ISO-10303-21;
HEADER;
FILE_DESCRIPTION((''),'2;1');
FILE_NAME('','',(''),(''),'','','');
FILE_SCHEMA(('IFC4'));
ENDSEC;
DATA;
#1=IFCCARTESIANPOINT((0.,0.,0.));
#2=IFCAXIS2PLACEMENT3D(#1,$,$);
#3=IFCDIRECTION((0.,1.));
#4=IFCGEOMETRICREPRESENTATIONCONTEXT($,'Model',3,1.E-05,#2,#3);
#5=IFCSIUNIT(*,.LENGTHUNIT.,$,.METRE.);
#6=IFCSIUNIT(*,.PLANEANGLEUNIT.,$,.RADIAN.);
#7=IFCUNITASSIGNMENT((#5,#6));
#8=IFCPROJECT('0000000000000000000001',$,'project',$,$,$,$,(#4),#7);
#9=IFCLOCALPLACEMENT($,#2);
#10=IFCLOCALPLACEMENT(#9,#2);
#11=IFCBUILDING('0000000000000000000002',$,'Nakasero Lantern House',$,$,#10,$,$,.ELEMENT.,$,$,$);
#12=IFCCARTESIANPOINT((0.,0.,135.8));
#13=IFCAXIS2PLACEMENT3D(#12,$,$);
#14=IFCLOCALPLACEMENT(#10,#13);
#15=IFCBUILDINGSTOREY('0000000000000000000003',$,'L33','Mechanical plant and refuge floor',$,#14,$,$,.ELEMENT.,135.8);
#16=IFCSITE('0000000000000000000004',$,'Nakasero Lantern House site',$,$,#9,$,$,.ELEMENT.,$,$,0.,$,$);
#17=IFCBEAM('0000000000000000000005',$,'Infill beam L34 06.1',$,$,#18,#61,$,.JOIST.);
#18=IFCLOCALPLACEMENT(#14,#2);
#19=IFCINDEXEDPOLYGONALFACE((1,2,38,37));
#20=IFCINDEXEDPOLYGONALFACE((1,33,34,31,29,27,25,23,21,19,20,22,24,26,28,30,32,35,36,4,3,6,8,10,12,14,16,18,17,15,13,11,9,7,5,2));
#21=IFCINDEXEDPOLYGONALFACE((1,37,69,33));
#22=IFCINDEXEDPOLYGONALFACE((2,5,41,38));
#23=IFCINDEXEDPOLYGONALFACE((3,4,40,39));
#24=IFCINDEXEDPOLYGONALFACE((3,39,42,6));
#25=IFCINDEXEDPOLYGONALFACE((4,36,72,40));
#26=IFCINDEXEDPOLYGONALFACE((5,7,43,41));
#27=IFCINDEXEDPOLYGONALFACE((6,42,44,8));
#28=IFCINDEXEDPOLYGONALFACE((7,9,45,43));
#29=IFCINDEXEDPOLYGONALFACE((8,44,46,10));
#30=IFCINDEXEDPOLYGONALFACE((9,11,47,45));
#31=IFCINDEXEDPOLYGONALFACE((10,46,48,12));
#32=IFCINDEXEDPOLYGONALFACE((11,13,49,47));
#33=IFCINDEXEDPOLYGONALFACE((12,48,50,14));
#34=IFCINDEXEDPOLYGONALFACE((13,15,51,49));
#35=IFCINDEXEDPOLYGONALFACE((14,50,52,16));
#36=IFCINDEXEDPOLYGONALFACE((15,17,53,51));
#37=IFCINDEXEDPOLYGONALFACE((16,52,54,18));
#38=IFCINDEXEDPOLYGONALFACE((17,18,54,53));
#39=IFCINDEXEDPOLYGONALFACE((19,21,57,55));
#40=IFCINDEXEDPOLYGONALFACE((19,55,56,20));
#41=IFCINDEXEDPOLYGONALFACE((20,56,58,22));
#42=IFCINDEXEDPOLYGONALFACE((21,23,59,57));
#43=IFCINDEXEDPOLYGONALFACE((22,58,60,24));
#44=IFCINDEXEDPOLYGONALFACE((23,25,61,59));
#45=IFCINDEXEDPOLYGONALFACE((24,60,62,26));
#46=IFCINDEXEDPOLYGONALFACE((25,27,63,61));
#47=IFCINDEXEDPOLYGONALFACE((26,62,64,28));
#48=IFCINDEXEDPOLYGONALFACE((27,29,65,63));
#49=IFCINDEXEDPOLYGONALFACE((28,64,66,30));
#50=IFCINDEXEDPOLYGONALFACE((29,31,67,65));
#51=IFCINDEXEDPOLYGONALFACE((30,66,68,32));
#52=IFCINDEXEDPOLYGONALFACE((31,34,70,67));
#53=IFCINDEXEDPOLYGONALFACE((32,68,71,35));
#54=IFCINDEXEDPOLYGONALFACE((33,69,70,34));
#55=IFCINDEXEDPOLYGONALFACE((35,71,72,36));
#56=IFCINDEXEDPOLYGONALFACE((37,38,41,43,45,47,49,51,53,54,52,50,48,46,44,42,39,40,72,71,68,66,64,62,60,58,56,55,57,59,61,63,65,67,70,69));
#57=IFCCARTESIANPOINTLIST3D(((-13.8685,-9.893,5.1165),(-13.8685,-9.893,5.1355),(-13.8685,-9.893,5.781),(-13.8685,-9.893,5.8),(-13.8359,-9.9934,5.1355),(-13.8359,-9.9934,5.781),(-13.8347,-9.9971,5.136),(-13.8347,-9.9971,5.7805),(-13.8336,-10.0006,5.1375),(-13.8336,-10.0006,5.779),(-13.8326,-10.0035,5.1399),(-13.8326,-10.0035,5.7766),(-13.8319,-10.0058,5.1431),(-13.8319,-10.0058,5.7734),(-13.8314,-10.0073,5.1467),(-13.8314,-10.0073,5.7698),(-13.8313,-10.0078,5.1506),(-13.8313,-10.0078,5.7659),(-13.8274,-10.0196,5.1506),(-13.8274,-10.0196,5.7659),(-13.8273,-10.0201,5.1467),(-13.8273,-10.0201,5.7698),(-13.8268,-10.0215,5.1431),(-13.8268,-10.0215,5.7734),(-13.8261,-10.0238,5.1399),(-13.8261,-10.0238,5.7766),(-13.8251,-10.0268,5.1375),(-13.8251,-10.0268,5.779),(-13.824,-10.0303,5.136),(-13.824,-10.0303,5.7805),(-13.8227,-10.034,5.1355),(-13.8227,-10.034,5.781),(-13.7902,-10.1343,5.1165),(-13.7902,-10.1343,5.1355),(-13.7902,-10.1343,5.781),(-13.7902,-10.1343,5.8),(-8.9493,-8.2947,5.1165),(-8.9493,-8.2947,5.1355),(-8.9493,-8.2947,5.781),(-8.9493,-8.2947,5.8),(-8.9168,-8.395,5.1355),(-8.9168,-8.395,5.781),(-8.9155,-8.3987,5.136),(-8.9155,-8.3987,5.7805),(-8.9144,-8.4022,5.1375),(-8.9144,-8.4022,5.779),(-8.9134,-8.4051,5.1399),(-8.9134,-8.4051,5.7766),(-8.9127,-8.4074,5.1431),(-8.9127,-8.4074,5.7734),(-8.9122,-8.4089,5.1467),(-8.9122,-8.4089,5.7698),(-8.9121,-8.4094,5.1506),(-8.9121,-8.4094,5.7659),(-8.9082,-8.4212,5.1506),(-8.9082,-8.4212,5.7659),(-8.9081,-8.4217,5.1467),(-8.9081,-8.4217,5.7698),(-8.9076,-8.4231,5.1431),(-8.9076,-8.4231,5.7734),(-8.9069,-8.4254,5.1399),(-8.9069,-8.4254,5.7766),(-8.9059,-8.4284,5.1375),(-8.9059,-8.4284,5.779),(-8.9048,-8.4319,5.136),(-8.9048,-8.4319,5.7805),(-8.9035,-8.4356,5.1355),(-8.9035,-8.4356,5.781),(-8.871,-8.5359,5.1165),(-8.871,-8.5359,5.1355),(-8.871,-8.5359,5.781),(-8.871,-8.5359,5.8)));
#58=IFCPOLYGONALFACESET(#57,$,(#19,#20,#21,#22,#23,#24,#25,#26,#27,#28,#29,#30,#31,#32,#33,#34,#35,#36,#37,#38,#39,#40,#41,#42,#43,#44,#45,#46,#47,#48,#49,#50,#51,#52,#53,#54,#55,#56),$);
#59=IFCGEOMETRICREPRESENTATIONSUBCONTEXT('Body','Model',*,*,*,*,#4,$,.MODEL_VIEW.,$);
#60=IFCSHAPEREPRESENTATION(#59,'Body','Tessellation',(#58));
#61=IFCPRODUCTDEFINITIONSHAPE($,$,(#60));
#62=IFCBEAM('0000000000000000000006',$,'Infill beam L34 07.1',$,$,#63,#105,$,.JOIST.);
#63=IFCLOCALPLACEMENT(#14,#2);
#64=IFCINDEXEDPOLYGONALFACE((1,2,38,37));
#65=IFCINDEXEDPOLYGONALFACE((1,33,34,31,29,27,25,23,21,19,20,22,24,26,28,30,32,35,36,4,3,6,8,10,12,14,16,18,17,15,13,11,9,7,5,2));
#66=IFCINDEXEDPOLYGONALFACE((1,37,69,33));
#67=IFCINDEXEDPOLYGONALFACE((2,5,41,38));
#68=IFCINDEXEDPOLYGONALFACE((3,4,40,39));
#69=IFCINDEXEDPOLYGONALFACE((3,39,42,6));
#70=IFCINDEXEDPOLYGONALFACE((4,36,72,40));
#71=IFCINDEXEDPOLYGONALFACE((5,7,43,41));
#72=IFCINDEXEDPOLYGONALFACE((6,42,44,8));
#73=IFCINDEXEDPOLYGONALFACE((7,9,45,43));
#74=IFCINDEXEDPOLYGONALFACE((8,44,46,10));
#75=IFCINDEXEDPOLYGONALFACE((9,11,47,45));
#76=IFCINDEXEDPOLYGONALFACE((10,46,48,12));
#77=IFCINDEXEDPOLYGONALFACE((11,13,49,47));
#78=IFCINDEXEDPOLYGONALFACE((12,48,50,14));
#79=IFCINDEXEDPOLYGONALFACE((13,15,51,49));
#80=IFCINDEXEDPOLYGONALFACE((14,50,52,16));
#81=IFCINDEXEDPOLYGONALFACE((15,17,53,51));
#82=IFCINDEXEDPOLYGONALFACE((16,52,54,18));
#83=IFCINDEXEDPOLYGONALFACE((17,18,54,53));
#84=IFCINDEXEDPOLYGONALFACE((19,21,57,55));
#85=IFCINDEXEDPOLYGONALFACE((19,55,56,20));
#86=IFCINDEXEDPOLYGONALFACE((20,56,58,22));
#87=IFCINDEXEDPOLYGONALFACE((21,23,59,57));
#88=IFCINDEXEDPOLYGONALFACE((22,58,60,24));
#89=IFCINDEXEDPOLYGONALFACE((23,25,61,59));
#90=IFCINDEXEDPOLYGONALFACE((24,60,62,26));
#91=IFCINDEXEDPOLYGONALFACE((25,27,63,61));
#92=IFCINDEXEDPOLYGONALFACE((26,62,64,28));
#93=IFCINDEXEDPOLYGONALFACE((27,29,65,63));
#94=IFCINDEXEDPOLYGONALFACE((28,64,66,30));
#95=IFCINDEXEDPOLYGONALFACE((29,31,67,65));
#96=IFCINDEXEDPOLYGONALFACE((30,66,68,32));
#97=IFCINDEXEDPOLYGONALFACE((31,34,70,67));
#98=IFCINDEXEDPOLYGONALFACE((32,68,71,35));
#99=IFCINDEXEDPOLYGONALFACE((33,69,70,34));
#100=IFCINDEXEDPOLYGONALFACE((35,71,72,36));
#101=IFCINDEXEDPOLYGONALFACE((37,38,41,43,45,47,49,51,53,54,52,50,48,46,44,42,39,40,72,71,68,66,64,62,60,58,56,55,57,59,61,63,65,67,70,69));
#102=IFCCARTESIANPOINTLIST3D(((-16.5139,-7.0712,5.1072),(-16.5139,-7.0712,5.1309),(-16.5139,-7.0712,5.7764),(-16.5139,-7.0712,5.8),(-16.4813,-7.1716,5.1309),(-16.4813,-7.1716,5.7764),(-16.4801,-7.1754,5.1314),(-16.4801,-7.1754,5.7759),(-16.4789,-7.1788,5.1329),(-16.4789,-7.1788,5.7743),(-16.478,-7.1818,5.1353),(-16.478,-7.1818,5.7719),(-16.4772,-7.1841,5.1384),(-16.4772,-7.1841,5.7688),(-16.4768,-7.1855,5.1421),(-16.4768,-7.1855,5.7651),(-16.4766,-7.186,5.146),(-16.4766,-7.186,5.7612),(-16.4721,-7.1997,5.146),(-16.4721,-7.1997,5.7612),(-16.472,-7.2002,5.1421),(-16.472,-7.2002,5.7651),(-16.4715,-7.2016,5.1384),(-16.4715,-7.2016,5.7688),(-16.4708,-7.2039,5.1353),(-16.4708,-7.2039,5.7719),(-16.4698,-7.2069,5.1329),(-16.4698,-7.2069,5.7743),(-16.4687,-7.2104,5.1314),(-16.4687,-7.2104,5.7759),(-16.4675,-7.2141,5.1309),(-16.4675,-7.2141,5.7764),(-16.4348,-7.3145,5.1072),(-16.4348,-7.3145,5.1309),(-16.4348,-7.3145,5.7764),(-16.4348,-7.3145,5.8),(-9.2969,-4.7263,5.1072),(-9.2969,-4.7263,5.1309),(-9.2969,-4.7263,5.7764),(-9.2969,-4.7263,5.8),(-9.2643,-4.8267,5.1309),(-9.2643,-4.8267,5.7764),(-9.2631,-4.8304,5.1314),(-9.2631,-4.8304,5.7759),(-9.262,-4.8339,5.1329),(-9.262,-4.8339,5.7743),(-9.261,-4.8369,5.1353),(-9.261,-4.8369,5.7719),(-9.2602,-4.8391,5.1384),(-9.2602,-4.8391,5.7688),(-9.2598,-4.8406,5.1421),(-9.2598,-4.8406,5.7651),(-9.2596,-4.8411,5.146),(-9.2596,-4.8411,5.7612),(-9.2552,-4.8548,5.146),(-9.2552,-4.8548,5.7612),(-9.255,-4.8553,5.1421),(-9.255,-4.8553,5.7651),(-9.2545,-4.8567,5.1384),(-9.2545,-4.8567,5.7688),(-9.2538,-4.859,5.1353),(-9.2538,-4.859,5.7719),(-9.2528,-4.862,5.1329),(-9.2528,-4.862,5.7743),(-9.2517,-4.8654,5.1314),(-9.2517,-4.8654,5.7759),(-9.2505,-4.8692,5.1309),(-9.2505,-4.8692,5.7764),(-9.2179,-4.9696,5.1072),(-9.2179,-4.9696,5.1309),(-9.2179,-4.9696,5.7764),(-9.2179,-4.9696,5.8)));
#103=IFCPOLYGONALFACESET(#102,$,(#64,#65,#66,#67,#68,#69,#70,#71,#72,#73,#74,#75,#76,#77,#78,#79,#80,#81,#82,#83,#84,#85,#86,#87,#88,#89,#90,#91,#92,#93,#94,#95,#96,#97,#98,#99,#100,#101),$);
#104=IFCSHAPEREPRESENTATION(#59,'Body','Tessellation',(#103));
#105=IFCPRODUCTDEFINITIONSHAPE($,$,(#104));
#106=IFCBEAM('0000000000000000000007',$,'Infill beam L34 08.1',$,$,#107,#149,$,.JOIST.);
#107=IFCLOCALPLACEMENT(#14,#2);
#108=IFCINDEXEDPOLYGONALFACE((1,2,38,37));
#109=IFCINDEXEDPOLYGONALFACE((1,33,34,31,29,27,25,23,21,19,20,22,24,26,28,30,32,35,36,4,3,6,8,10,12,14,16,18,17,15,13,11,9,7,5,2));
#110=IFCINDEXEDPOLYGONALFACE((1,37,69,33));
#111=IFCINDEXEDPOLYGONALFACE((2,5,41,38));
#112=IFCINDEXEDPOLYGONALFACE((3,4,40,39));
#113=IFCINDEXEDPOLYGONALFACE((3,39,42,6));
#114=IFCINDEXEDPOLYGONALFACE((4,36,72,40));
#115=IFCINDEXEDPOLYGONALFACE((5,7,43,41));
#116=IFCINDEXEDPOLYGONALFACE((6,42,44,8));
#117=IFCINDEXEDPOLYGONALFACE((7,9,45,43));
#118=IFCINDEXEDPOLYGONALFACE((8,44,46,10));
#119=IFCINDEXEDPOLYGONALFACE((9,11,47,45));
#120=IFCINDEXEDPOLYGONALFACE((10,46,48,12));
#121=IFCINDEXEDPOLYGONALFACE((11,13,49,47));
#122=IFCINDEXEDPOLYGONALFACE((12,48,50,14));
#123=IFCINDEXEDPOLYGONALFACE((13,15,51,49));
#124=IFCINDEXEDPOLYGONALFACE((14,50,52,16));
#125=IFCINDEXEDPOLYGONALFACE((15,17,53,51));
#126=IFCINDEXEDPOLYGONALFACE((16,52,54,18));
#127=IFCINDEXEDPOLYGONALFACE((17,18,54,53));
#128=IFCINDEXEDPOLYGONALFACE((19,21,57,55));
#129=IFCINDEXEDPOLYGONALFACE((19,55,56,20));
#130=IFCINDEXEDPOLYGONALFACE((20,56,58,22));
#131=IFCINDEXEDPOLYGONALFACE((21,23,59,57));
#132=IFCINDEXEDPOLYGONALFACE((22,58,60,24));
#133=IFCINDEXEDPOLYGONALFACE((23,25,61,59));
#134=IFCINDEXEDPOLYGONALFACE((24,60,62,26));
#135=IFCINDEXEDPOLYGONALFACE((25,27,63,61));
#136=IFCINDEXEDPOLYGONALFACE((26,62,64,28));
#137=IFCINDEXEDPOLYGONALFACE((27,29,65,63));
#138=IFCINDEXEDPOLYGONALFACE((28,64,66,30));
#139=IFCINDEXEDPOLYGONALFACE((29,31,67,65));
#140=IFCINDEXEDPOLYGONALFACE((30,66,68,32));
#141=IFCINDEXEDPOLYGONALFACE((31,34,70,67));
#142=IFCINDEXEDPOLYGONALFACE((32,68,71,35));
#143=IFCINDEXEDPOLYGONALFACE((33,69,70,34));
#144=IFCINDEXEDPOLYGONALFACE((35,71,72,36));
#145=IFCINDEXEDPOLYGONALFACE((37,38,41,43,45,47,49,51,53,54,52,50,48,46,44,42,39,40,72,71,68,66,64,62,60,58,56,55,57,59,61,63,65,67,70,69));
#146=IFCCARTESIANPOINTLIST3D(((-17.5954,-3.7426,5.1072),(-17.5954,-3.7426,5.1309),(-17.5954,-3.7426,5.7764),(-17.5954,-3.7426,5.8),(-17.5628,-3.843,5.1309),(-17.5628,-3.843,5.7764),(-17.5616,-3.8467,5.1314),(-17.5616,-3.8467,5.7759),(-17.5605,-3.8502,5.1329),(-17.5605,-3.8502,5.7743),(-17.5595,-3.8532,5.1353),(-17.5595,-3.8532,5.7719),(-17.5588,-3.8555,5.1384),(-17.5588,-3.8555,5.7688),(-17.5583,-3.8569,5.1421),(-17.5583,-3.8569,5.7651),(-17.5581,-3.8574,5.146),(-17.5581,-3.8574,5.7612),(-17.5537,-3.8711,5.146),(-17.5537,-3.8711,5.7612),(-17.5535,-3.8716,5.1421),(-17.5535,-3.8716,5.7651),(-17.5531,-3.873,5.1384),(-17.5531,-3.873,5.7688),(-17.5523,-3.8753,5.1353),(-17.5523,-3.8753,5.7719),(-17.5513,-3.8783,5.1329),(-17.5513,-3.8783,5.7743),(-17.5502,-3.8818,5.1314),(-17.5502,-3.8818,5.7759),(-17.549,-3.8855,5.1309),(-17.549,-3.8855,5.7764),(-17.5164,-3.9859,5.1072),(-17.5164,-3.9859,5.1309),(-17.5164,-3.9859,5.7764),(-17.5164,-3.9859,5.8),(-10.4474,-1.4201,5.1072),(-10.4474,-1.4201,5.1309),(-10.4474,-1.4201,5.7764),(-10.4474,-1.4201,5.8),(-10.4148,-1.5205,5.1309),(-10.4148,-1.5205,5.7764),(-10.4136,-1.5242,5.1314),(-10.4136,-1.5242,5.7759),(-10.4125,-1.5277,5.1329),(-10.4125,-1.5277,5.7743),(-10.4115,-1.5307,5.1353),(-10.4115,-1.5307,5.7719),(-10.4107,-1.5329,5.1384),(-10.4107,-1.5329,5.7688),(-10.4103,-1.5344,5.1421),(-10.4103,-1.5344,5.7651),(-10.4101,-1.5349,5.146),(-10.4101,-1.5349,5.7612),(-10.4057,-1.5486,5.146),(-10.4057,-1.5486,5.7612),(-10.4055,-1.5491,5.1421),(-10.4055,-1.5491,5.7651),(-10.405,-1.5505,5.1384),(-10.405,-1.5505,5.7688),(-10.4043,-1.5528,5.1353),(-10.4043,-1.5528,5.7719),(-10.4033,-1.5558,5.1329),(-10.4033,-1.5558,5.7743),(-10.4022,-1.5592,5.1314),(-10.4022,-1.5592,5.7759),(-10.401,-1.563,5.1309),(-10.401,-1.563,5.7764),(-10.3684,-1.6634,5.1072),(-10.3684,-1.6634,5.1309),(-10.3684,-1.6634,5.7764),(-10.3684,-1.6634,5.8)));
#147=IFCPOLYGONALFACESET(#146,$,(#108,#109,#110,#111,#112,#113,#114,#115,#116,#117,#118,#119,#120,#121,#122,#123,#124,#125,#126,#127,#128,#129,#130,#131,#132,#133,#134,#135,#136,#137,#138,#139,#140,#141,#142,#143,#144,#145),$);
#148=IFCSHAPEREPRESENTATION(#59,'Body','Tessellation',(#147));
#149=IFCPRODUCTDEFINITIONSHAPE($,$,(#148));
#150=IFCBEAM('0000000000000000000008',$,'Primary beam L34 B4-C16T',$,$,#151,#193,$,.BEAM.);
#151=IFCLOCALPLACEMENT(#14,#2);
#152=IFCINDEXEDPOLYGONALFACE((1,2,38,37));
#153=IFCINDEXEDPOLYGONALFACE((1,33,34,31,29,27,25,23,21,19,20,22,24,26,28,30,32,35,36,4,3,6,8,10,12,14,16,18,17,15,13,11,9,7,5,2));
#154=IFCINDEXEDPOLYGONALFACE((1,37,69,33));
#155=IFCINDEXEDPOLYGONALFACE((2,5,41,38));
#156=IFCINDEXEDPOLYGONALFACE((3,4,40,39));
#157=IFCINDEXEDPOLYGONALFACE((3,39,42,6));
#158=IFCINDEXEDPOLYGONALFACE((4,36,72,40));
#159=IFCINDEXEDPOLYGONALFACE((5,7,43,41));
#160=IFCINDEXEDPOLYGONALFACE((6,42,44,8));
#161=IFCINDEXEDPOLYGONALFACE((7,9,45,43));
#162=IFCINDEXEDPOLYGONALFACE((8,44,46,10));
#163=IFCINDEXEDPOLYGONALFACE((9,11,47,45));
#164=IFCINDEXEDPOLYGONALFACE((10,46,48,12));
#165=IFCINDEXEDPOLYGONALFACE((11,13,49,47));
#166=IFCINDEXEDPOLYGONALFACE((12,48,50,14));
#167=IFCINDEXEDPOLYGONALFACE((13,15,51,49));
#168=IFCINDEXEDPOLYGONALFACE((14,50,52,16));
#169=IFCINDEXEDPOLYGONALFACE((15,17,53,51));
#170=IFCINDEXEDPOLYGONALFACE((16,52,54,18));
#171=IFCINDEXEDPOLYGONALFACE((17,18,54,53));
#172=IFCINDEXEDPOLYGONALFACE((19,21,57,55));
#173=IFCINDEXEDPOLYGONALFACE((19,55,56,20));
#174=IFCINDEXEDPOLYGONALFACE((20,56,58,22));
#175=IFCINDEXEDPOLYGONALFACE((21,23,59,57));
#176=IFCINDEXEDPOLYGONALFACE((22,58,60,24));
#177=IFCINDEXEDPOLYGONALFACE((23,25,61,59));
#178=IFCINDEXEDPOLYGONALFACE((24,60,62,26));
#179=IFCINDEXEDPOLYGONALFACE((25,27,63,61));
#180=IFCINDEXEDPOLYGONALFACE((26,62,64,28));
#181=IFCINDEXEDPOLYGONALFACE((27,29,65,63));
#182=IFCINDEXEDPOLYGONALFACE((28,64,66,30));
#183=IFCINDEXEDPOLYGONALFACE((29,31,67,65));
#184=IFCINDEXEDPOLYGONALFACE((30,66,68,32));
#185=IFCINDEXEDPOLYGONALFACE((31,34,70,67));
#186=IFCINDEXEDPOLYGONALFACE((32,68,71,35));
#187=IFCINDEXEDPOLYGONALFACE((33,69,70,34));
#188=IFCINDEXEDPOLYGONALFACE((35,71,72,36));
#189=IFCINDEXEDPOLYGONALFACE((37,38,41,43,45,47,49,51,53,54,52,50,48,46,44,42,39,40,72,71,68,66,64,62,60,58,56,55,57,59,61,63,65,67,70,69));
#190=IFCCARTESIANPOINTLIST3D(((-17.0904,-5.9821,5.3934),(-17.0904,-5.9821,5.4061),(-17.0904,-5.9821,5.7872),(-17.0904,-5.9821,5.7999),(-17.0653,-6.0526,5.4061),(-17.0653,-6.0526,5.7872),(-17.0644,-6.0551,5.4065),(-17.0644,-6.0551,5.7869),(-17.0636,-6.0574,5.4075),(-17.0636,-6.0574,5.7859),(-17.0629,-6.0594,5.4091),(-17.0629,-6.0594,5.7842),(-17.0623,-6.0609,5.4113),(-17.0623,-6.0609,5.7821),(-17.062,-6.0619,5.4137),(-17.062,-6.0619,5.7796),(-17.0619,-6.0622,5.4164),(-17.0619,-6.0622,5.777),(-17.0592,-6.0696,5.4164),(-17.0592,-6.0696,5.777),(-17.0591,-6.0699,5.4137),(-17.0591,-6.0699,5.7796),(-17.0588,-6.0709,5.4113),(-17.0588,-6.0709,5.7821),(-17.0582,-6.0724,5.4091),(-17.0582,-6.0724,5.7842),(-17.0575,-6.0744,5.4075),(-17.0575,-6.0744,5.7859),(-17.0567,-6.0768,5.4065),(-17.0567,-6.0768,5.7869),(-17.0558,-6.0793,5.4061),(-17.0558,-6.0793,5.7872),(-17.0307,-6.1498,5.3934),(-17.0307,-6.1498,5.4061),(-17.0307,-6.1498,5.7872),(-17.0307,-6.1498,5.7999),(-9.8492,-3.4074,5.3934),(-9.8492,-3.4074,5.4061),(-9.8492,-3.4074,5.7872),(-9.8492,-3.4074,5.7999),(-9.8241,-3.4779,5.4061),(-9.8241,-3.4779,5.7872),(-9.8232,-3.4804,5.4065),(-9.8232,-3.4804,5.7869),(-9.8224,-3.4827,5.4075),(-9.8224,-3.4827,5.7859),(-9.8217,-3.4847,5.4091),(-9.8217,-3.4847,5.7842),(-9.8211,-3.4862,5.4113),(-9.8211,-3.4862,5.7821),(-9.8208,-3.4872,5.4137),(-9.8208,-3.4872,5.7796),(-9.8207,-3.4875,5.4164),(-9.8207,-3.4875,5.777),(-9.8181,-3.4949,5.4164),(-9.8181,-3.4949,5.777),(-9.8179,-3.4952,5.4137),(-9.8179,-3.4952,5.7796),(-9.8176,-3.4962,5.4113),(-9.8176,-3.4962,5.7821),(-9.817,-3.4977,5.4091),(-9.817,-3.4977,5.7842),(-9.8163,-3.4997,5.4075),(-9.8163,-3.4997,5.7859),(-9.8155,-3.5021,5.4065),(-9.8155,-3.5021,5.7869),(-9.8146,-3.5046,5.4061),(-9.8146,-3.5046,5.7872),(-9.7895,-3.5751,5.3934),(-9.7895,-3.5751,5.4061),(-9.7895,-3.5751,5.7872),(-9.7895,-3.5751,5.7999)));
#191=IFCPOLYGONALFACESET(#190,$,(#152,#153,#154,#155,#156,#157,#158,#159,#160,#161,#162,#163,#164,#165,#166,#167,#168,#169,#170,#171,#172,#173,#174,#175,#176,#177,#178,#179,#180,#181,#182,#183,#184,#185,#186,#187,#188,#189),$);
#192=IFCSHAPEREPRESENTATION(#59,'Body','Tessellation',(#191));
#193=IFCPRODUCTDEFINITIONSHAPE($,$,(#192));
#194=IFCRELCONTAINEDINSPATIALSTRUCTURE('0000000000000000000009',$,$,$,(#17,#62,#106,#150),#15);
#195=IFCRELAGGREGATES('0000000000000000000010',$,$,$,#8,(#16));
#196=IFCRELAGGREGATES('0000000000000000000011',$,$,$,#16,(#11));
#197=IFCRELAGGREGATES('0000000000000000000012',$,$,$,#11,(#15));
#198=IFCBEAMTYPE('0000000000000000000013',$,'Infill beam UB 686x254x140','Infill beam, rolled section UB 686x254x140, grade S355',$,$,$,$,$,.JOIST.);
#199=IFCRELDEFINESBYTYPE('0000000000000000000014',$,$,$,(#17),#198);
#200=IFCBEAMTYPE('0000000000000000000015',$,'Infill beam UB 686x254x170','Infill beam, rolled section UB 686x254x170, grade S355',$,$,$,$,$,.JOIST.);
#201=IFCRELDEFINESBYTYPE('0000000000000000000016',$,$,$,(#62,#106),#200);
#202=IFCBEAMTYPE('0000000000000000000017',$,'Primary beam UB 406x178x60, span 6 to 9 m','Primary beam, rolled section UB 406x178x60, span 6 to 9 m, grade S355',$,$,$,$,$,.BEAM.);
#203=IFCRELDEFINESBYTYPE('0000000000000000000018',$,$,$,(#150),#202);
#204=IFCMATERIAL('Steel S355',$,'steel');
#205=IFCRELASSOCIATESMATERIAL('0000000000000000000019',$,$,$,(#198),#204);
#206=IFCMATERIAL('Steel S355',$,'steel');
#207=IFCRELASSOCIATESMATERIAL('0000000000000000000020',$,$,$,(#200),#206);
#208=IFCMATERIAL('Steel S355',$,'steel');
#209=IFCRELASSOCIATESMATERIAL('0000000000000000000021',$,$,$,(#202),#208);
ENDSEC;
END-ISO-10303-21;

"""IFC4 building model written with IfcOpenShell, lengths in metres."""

from ifc_helpers import new_model, si_unit, direction, frame, origin, origin_2d, place, context, subcontext, project, spatial, i_section, extrude, material, material_profile, profile_set, type_object, element, save


model = new_model("IFC4")

# Units and contexts
model_context = context("Model", 3, precision=1e-05, world=origin(), true_north=direction((0.0, 1.0)))
body_context = subcontext(model_context, "Body", "Model", "MODEL_VIEW")
ifc_project = project(units=[si_unit("LENGTHUNIT", "METRE"), si_unit("PLANEANGLEUNIT", "RADIAN")], contexts=[model_context])

# Site, building, storey
site_placement = place(None, origin())
site = spatial("IfcSite", under=ifc_project, at=site_placement, Name="Nakasero Lantern House site", CompositionType="ELEMENT", RefElevation=0.0)
building_placement = place(site_placement, origin())
building = spatial("IfcBuilding", under=site, at=building_placement, Name="Nakasero Lantern House", CompositionType="ELEMENT")
storey_placement = place(building_placement, frame((0.0, 0.0, 135.8)))
storey = spatial("IfcBuildingStorey", under=building, at=storey_placement, Name="L33", Description="Mechanical plant and refuge floor", CompositionType="ELEMENT", Elevation=135.8)

# Beams
ifc_material_1 = material(Name="Steel S355", Category="steel")
ifc_material_profile_1 = material_profile(ifc_material_1, i_section(OverallWidth=0.2537, OverallDepth=0.6836, WebThickness=0.0125, FlangeThickness=0.019, FilletRadius=0.0151, at=origin_2d()), Name="UB 686x254x140")
ifc_profile_set_1 = profile_set([ifc_material_profile_1], Name="Steel S355")
beam_type_1 = type_object("IfcBeamType", Name="Infill beam UB 686x254x140", Description="Infill beam, rolled section UB 686x254x140, grade S355", PredefinedType="JOIST", material=ifc_profile_set_1)
beam_1_placement = place(storey_placement, frame((-13.8293, -10.0137, 5.4583), z_axis=(0.951054, 0.309025, 0.0), x_axis=(-0.309025, 0.951054, 0.0)))
element("IfcBeam", 1, at=beam_1_placement, inside=storey, type_object=beam_type_1, Name="Infill beam L34 06.1", PredefinedType="JOIST", context=body_context, shape_type="SweptSolid", body=[
    extrude(i_section(OverallWidth=0.2537, OverallDepth=0.6836, WebThickness=0.0125, FlangeThickness=0.019, FilletRadius=0.0151, at=origin_2d()), origin(), (0.0, 0.0, 1.0), 5.1724),
])
ifc_material_2 = material(Name="Steel S355", Category="steel")
ifc_material_profile_2 = material_profile(ifc_material_2, i_section(OverallWidth=0.2559, OverallDepth=0.6929, WebThickness=0.0144, FlangeThickness=0.0237, FilletRadius=0.0151, at=origin_2d()), Name="UB 686x254x170")
ifc_profile_set_2 = profile_set([ifc_material_profile_2], Name="Steel S355")
beam_type_2 = type_object("IfcBeamType", Name="Infill beam UB 686x254x170", Description="Infill beam, rolled section UB 686x254x170, grade S355", PredefinedType="JOIST", material=ifc_profile_set_2)
beam_2_placement = place(storey_placement, frame((-16.4744, -7.1929, 5.4536), z_axis=(0.951056, 0.309018, 0.0), x_axis=(-0.309018, 0.951056, 0.0)))
element("IfcBeam", 2, at=beam_2_placement, inside=storey, type_object=beam_type_2, Name="Infill beam L34 07.1", PredefinedType="JOIST", context=body_context, shape_type="SweptSolid", body=[
    extrude(i_section(OverallWidth=0.2559, OverallDepth=0.6929, WebThickness=0.0144, FlangeThickness=0.0237, FilletRadius=0.0151, at=origin_2d()), origin(), (0.0, 0.0, 1.0), 7.5884),
])
beam_3_placement = place(storey_placement, frame((-17.5559, -3.8643, 5.4536), z_axis=(0.951057, 0.309017, 0.0), x_axis=(-0.309017, 0.951057, 0.0)))
element("IfcBeam", 3, at=beam_3_placement, inside=storey, type_object=beam_type_2, Name="Infill beam L34 08.1", PredefinedType="JOIST", context=body_context, shape_type="SweptSolid", body=[
    extrude(i_section(OverallWidth=0.2559, OverallDepth=0.6929, WebThickness=0.0144, FlangeThickness=0.0237, FilletRadius=0.0151, at=origin_2d()), origin(), (0.0, 0.0, 1.0), 7.5159),
])
ifc_material_3 = material(Name="Steel S355", Category="steel")
ifc_material_profile_3 = material_profile(ifc_material_3, i_section(OverallWidth=0.178, OverallDepth=0.4065, WebThickness=0.0078, FlangeThickness=0.0127, FilletRadius=0.0103, at=origin_2d()), Name="UB 406x178x60")
ifc_profile_set_3 = profile_set([ifc_material_profile_3], Name="Steel S355")
beam_type_3 = type_object("IfcBeamType", Name="Primary beam UB 406x178x60, span 6 to 9 m", Description="Primary beam, rolled section UB 406x178x60, span 6 to 9 m, grade S355", PredefinedType="BEAM", material=ifc_profile_set_3)
beam_4_placement = place(storey_placement, frame((-17.0605, -6.0659, 5.5967), z_axis=(0.942212, 0.335016, 0.0), x_axis=(-0.335016, 0.942212, 0.0)))
element("IfcBeam", 4, at=beam_4_placement, inside=storey, type_object=beam_type_3, Name="Primary beam L34 B4-C16T", PredefinedType="BEAM", context=body_context, shape_type="SweptSolid", body=[
    extrude(i_section(OverallWidth=0.178, OverallDepth=0.4065, WebThickness=0.0078, FlangeThickness=0.0127, FilletRadius=0.0103, at=origin_2d()), origin(), (0.0, 0.0, 1.0), 7.6853),
])

save(model, "model.ifc")
